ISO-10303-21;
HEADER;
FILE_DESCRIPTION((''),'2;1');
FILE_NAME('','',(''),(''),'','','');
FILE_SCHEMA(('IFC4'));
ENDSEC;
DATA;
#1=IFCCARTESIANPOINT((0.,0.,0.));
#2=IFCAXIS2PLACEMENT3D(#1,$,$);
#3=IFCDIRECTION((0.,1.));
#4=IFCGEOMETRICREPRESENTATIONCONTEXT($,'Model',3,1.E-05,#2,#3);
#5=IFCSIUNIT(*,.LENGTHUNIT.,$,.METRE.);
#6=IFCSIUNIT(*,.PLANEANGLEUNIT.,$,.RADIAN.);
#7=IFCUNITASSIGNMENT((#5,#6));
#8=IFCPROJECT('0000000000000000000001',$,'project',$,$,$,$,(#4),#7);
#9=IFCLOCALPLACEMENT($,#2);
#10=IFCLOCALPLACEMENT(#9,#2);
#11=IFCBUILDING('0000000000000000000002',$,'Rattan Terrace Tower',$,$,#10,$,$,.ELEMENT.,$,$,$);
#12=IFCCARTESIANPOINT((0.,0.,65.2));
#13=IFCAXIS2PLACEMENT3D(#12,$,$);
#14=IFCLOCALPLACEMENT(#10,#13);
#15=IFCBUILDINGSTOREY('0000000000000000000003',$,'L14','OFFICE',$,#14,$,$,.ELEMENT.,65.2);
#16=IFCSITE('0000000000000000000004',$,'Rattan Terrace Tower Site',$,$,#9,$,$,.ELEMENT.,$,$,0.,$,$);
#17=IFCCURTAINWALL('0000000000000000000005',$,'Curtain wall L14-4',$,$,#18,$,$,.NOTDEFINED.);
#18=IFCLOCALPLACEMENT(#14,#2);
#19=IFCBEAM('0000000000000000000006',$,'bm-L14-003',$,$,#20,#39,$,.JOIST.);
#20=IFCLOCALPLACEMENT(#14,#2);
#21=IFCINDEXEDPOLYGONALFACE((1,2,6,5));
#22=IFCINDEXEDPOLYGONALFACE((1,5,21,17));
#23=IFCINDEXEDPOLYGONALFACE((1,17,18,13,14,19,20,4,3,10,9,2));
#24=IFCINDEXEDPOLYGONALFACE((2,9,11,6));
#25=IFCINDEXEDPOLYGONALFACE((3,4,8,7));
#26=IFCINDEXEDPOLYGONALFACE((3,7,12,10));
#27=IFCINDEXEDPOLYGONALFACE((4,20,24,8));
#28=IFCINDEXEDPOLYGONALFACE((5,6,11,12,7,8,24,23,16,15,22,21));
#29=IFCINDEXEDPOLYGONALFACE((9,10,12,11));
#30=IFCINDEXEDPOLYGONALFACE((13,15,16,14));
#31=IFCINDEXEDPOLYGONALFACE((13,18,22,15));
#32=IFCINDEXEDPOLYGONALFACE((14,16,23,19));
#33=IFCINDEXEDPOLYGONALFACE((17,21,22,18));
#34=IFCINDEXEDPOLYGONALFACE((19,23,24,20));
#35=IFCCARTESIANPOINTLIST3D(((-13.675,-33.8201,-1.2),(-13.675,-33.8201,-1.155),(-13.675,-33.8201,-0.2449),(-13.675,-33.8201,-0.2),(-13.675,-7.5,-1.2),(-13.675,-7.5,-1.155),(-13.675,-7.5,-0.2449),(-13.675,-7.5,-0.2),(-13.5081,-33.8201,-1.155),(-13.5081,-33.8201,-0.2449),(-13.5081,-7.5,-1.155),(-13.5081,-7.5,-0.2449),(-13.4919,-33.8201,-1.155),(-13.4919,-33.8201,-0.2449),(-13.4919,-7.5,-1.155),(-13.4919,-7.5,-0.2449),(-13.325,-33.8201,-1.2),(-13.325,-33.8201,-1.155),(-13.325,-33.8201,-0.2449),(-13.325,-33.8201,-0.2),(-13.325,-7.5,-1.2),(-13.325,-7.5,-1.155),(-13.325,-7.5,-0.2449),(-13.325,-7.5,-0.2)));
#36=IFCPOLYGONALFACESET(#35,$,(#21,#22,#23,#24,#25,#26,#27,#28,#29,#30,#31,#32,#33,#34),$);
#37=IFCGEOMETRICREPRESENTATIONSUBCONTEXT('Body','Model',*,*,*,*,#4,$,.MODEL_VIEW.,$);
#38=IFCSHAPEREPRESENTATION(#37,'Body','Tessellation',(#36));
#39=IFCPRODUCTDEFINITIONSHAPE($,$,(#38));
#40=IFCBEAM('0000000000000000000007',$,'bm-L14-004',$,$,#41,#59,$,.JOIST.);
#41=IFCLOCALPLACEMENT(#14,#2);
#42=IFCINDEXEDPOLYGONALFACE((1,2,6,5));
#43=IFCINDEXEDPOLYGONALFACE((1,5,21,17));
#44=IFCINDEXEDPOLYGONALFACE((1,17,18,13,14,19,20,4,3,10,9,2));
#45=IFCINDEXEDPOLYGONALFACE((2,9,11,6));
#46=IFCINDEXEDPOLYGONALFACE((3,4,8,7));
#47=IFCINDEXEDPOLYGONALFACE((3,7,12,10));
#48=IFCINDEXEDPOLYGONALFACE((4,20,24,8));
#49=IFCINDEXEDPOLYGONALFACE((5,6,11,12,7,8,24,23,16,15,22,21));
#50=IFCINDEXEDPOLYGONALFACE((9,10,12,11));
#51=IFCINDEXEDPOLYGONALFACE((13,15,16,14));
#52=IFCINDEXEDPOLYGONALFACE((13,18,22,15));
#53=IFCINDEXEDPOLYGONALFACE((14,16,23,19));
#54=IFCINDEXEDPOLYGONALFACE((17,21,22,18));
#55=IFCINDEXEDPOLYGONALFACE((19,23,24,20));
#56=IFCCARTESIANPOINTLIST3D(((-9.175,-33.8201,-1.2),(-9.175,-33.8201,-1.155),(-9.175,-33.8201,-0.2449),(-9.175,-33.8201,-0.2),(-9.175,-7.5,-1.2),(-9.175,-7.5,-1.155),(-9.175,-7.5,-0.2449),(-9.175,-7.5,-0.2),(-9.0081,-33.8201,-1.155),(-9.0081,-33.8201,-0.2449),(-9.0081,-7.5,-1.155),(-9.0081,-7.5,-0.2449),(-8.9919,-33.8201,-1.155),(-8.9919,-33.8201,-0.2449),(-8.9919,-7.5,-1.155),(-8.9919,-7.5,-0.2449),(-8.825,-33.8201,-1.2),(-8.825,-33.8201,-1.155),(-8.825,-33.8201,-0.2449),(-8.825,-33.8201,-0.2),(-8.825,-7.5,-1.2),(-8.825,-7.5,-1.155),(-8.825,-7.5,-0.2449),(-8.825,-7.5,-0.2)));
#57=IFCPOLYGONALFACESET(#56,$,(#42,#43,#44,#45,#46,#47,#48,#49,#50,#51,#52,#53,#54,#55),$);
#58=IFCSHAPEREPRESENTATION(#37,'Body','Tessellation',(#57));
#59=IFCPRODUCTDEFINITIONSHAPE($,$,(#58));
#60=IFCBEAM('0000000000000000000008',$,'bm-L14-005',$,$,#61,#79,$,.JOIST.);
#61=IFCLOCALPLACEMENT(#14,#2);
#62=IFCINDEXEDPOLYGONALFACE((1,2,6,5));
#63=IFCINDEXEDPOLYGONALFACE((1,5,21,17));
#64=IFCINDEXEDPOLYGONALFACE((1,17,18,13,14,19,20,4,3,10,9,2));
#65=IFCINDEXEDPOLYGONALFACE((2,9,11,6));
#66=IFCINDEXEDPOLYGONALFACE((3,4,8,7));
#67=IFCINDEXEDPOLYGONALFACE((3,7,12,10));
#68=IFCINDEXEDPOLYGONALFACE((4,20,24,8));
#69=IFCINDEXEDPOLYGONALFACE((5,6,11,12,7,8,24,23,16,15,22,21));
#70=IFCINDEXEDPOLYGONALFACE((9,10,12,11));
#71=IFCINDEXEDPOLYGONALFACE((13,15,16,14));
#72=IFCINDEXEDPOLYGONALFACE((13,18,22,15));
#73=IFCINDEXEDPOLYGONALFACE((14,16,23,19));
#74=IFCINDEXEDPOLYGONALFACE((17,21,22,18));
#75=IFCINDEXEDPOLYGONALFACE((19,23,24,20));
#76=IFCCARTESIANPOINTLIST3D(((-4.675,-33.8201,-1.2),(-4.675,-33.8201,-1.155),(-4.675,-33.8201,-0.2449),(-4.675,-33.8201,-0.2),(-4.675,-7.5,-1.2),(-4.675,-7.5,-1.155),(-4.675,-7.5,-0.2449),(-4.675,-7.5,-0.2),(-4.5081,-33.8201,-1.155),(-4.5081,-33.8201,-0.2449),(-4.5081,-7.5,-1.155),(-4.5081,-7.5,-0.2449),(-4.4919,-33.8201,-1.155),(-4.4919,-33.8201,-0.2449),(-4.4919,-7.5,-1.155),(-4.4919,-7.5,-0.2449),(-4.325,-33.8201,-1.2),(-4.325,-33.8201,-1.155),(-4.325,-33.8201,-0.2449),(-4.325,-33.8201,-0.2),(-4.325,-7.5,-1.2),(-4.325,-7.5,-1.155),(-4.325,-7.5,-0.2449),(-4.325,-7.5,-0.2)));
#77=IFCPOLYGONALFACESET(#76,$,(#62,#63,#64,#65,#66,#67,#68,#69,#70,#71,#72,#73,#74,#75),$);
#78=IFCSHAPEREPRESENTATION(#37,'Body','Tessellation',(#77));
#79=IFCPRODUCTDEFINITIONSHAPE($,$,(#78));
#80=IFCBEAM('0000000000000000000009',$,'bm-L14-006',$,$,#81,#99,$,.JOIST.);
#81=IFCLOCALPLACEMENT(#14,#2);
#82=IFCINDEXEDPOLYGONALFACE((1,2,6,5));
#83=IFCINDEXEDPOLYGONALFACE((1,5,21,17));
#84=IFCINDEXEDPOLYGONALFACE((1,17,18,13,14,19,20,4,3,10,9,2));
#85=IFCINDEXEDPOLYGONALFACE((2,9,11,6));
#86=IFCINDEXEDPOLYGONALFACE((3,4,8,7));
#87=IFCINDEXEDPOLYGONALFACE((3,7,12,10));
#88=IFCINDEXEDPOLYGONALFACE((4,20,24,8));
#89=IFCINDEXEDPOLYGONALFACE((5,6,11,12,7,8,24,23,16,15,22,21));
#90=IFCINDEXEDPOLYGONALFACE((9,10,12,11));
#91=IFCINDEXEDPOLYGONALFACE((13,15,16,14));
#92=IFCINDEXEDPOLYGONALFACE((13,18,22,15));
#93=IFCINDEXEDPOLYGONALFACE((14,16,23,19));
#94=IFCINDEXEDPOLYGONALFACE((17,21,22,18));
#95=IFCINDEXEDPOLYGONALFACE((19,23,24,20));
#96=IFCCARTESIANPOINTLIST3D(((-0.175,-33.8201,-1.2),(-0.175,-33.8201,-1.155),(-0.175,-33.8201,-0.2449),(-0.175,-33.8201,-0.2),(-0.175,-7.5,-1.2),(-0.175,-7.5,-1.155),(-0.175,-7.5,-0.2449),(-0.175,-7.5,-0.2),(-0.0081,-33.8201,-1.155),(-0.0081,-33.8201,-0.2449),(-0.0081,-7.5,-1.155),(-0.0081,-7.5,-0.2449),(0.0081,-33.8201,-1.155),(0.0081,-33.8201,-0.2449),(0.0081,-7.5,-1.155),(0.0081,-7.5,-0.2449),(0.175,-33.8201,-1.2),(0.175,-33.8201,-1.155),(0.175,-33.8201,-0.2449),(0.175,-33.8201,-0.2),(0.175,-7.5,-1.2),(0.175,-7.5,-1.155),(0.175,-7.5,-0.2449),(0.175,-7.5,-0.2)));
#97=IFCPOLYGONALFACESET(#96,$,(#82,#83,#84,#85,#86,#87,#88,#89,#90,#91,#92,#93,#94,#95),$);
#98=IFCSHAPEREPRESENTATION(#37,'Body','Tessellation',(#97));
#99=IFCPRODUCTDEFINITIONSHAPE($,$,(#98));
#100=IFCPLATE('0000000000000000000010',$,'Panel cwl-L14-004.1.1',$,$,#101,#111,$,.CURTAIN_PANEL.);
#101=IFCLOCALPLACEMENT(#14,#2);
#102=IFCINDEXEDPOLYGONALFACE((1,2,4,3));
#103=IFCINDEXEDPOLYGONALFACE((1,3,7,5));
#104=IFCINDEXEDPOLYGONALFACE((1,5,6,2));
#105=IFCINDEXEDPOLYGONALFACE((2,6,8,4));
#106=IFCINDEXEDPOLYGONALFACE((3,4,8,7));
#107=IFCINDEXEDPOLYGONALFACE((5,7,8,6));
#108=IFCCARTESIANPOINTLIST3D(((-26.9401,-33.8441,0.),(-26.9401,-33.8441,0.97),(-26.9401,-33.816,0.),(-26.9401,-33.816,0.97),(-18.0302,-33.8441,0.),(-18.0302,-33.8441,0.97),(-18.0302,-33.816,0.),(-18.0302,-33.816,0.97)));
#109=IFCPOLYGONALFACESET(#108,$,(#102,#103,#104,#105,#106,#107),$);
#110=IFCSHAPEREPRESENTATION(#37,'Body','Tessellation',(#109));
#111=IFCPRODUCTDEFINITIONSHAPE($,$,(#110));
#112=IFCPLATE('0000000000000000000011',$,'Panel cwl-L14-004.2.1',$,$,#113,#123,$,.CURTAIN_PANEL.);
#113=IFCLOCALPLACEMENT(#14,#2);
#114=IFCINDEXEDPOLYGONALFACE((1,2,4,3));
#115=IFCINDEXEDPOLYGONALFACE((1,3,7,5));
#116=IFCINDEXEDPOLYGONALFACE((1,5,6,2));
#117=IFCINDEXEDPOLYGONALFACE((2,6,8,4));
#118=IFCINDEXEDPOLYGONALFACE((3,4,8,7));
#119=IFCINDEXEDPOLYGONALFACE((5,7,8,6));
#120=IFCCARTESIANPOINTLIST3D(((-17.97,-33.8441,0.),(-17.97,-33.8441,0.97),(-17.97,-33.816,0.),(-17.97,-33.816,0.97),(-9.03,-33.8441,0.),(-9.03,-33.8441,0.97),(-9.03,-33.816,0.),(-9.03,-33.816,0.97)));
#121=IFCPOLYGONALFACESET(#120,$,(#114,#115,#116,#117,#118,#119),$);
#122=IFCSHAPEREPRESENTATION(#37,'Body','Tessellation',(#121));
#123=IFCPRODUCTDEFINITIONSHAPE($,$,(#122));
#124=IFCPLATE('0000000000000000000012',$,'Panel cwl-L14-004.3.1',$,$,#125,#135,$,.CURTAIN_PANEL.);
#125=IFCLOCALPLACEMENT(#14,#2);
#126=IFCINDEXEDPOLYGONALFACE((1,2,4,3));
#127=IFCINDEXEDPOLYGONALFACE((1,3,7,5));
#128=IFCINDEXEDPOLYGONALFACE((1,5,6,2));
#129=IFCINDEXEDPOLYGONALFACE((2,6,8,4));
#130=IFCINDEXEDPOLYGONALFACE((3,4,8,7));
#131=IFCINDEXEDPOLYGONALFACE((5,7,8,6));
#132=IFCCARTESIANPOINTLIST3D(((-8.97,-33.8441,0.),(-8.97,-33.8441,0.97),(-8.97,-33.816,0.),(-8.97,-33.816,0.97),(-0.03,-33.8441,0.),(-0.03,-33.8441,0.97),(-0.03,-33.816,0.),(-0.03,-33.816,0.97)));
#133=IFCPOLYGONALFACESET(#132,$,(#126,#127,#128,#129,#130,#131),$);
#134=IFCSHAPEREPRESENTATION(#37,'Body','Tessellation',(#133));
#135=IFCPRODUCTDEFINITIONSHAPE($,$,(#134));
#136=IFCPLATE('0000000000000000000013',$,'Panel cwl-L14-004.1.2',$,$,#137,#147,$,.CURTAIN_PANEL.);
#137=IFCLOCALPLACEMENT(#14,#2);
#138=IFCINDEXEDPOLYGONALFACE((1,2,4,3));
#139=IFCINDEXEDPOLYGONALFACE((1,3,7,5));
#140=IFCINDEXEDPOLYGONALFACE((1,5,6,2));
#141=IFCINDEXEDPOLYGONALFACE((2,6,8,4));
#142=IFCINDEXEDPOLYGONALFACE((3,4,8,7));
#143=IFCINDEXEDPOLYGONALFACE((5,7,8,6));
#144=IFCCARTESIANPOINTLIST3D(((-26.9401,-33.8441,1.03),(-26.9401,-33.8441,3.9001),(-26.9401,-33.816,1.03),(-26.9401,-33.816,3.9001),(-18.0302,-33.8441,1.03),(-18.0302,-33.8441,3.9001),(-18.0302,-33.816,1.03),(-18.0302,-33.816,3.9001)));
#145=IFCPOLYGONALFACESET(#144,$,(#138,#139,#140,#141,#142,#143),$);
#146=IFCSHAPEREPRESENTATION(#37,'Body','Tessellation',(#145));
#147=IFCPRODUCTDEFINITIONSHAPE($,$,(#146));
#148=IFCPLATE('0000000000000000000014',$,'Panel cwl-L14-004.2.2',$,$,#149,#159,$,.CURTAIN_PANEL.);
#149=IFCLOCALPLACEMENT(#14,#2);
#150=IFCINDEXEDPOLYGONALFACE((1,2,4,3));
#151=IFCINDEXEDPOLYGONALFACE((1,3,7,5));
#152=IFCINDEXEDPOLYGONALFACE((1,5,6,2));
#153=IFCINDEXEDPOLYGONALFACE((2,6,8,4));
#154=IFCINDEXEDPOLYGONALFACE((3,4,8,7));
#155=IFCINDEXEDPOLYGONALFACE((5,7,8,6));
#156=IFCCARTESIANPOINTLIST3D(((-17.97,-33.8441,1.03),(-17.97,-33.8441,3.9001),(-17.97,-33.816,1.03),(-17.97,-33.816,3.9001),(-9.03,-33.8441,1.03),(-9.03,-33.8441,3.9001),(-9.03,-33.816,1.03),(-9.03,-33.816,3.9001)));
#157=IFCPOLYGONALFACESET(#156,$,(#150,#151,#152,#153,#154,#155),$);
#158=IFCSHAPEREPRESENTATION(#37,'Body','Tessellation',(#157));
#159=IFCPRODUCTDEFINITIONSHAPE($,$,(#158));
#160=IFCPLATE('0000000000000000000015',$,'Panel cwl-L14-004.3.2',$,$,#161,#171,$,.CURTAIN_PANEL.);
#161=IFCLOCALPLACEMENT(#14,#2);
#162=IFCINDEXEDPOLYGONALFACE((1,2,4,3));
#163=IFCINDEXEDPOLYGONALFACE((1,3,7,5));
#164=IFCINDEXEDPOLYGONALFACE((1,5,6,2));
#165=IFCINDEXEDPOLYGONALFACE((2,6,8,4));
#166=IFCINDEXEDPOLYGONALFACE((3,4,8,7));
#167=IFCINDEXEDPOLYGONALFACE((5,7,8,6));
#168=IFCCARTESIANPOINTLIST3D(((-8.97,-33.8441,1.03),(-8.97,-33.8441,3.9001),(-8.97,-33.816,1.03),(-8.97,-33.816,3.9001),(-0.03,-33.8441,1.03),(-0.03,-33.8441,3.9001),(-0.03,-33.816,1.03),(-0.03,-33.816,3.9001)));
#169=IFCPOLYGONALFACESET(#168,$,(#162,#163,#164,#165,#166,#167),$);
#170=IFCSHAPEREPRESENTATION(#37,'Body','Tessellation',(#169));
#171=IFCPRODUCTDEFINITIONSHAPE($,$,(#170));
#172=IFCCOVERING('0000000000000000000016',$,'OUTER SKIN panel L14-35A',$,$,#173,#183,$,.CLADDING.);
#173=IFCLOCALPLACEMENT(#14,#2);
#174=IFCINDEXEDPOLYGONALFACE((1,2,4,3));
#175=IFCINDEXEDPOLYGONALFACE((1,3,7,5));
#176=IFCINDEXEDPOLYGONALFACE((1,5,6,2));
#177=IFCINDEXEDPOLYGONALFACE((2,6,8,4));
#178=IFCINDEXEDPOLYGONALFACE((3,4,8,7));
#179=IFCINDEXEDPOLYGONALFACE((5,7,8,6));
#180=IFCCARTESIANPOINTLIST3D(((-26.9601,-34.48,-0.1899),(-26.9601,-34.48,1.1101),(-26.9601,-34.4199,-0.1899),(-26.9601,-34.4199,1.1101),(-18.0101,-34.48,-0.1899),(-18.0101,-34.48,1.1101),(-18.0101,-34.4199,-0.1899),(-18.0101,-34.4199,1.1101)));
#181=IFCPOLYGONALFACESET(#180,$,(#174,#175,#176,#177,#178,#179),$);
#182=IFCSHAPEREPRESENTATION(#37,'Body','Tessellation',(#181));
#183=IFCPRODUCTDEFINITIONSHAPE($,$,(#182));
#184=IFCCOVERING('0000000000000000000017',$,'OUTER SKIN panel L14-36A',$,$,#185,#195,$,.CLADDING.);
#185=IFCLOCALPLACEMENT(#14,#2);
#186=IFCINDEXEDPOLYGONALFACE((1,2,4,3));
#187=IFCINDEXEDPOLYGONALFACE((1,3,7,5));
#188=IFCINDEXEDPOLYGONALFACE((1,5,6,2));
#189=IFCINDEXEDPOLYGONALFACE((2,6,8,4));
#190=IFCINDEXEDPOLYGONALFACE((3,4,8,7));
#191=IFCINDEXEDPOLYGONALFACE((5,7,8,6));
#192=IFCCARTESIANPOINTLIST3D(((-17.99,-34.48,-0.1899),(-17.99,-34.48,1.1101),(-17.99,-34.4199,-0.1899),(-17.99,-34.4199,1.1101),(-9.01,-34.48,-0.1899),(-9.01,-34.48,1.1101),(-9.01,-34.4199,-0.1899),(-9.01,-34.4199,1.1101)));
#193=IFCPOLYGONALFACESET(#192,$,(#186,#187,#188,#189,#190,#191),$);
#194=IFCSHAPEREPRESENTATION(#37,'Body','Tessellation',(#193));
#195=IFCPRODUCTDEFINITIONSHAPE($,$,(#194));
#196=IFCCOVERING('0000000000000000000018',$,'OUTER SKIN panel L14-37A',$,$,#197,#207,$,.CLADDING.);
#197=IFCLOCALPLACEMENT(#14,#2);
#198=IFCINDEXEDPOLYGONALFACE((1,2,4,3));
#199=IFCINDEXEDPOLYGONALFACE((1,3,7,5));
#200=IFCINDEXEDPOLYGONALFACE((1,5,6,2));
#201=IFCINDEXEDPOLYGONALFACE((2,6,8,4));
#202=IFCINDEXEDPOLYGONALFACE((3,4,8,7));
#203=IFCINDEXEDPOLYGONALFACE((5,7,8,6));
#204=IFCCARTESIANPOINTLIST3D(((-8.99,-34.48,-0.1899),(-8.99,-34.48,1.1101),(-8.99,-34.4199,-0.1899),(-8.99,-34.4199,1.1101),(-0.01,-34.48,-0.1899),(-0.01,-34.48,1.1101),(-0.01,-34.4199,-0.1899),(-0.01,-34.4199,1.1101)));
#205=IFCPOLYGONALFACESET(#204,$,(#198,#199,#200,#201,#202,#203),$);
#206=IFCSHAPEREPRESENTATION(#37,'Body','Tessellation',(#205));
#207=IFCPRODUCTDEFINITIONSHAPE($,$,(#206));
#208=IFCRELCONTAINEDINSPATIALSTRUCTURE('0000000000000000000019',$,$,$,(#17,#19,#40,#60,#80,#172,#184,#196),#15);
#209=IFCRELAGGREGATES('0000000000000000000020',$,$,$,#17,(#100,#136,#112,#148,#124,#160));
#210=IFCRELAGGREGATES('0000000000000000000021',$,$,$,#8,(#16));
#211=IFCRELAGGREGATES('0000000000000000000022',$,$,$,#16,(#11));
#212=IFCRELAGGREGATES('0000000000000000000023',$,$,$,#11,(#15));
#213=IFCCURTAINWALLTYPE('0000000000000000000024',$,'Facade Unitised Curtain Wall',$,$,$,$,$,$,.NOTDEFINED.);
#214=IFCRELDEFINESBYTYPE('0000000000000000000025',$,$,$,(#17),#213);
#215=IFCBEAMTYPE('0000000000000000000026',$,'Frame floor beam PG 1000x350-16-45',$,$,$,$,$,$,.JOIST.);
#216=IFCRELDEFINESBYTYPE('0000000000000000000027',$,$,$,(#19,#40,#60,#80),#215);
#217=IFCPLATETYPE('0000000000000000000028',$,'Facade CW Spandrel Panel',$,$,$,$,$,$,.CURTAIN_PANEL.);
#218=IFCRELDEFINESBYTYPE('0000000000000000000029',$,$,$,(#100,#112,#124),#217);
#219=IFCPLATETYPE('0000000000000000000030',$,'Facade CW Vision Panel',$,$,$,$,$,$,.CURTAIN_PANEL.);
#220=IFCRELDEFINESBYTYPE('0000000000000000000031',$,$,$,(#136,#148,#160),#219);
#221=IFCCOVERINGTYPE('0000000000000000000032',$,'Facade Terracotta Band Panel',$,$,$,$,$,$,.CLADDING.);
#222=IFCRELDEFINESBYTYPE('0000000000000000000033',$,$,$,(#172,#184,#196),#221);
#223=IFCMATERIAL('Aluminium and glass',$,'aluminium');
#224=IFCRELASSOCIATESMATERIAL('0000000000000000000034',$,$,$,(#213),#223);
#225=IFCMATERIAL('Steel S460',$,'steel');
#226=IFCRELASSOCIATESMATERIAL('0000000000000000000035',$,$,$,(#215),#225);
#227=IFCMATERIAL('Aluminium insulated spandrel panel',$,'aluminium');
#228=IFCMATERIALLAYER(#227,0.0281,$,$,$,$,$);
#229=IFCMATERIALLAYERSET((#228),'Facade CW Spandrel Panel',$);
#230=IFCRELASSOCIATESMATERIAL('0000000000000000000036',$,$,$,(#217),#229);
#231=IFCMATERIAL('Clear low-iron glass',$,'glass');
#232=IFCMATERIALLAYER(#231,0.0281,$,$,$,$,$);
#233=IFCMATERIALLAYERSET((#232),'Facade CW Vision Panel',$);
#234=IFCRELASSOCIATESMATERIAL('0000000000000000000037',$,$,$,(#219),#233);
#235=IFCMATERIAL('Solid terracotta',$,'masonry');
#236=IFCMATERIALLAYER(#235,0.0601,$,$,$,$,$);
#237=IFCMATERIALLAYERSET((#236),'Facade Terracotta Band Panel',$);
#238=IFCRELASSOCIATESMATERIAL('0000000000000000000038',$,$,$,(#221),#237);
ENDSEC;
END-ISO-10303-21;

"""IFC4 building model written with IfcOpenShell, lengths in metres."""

from ifc_helpers import new_model, si_unit, direction, frame, origin, origin_2d, place, context, subcontext, project, spatial, rectangle, i_section, extrude, material, layer, layer_set, material_profile, profile_set, type_object, element, aggregate, save


model = new_model("IFC4")

# Units and contexts
model_context = context("Model", 3, precision=1e-05, world=origin(), true_north=direction((0.0, 1.0)))
body_context = subcontext(model_context, "Body", "Model", "MODEL_VIEW")
ifc_project = project(units=[si_unit("LENGTHUNIT", "METRE"), si_unit("PLANEANGLEUNIT", "RADIAN")], contexts=[model_context])

# Site, building, storey
site_placement = place(None, origin())
site = spatial("IfcSite", under=ifc_project, at=site_placement, Name="Rattan Terrace Tower Site", CompositionType="ELEMENT", RefElevation=0.0)
building_placement = place(site_placement, origin())
building = spatial("IfcBuilding", under=site, at=building_placement, Name="Rattan Terrace Tower", CompositionType="ELEMENT")
storey_placement = place(building_placement, frame((0.0, 0.0, 65.2)))
storey = spatial("IfcBuildingStorey", under=building, at=storey_placement, Name="L14", Description="OFFICE", CompositionType="ELEMENT", Elevation=65.2)

# Curtain wall
ifc_material_1 = material(Name="Aluminium and glass", Category="aluminium")
curtain_wall_type = type_object("IfcCurtainWallType", Name="Facade Unitised Curtain Wall", PredefinedType="NOTDEFINED", material=ifc_material_1)
curtain_wall_placement = place(storey_placement, origin())
curtain_wall = element("IfcCurtainWall", 1, at=curtain_wall_placement, inside=storey, type_object=curtain_wall_type, Name="Curtain wall L14-4", PredefinedType="NOTDEFINED")

# Beams
ifc_material_2 = material(Name="Steel S460", Category="steel")
ifc_material_profile_1 = material_profile(ifc_material_2, i_section(OverallWidth=0.3501, OverallDepth=1.0, WebThickness=0.0161, FlangeThickness=0.0449, at=origin_2d()), Name="PG 1000x350-16-45")
ifc_profile_set_1 = profile_set([ifc_material_profile_1], Name="Steel S460")
beam_type_1 = type_object("IfcBeamType", Name="Frame floor beam PG 1000x350-16-45", PredefinedType="JOIST", material=ifc_profile_set_1)
for number, where, z_axis, x_axis, name in (
    (2, (-13.5, -33.8201, -0.7), (0.0, 1.0, 0.0), (-1.0, 0.0, 0.0), "bm-L14-003"),
    (3, (-9.0, -33.8201, -0.7), (0.0, 1.0, 0.0), (-1.0, 0.0, 0.0), "bm-L14-004"),
    (4, (-4.5, -33.8201, -0.7), (0.0, 1.0, 0.0), (-1.0, 0.0, 0.0), "bm-L14-005"),
    (5, (0.0, -33.8201, -0.7), (0.0, 1.0, 0.0), (-1.0, 0.0, 0.0), "bm-L14-006"),
):
    element("IfcBeam", number, at=place(storey_placement, frame(where, z_axis=z_axis, x_axis=x_axis)), inside=storey, type_object=beam_type_1, Name=name, PredefinedType="JOIST", context=body_context, shape_type="SweptSolid", body=[
        extrude(i_section(OverallWidth=0.3501, OverallDepth=1.0, WebThickness=0.0161, FlangeThickness=0.0449, at=origin_2d()), origin(), (0.0, 0.0, 1.0), 26.3201),
    ])

# Plates
ifc_material_3 = material(Name="Aluminium insulated spandrel panel", Category="aluminium")
ifc_layer_1 = layer(ifc_material_3, 0.0281)
ifc_layer_set_1 = layer_set([ifc_layer_1], Name="Facade CW Spandrel Panel")
plate_type_1 = type_object("IfcPlateType", Name="Facade CW Spandrel Panel", PredefinedType="CURTAIN_PANEL", material=ifc_layer_set_1)
plate_1_placement = place(storey_placement, frame((-22.4851, -33.8301, 0.0), z_axis=(0.0, 0.0, 1.0), x_axis=(1.0, 0.0, 0.0)))
plate_1 = element("IfcPlate", 6, at=plate_1_placement, type_object=plate_type_1, Name="Panel cwl-L14-004.1.1", PredefinedType="CURTAIN_PANEL", context=body_context, shape_type="SweptSolid", body=[
    extrude(rectangle(XDim=8.9099, YDim=0.0281, at=origin_2d()), origin(), (0.0, 0.0, 1.0), 0.97),
])
plate_2_placement = place(storey_placement, frame((-13.5, -33.8301, 0.0), z_axis=(0.0, 0.0, 1.0), x_axis=(1.0, 0.0, 0.0)))
plate_2 = element("IfcPlate", 7, at=plate_2_placement, type_object=plate_type_1, Name="Panel cwl-L14-004.2.1", PredefinedType="CURTAIN_PANEL", context=body_context, shape_type="SweptSolid", body=[
    extrude(rectangle(XDim=8.9399, YDim=0.0281, at=origin_2d()), origin(), (0.0, 0.0, 1.0), 0.97),
])
plate_3_placement = place(storey_placement, frame((-4.5, -33.8301, 0.0), z_axis=(0.0, 0.0, 1.0), x_axis=(1.0, 0.0, 0.0)))
plate_3 = element("IfcPlate", 8, at=plate_3_placement, type_object=plate_type_1, Name="Panel cwl-L14-004.3.1", PredefinedType="CURTAIN_PANEL", context=body_context, shape_type="SweptSolid", body=[
    extrude(rectangle(XDim=8.9399, YDim=0.0281, at=origin_2d()), origin(), (0.0, 0.0, 1.0), 0.97),
])
ifc_material_4 = material(Name="Clear low-iron glass", Category="glass")
ifc_layer_2 = layer(ifc_material_4, 0.0281)
ifc_layer_set_2 = layer_set([ifc_layer_2], Name="Facade CW Vision Panel")
plate_type_2 = type_object("IfcPlateType", Name="Facade CW Vision Panel", PredefinedType="CURTAIN_PANEL", material=ifc_layer_set_2)
plate_4_placement = place(storey_placement, frame((-22.4851, -33.8301, 1.03), z_axis=(0.0, 0.0, 1.0), x_axis=(1.0, 0.0, 0.0)))
plate_4 = element("IfcPlate", 9, at=plate_4_placement, type_object=plate_type_2, Name="Panel cwl-L14-004.1.2", PredefinedType="CURTAIN_PANEL", context=body_context, shape_type="SweptSolid", body=[
    extrude(rectangle(XDim=8.9099, YDim=0.0281, at=origin_2d()), origin(), (0.0, 0.0, 1.0), 2.8701),
])
plate_5_placement = place(storey_placement, frame((-13.5, -33.8301, 1.03), z_axis=(0.0, 0.0, 1.0), x_axis=(1.0, 0.0, 0.0)))
plate_5 = element("IfcPlate", 10, at=plate_5_placement, type_object=plate_type_2, Name="Panel cwl-L14-004.2.2", PredefinedType="CURTAIN_PANEL", context=body_context, shape_type="SweptSolid", body=[
    extrude(rectangle(XDim=8.9399, YDim=0.0281, at=origin_2d()), origin(), (0.0, 0.0, 1.0), 2.8701),
])
plate_6_placement = place(storey_placement, frame((-4.5, -33.8301, 1.03), z_axis=(0.0, 0.0, 1.0), x_axis=(1.0, 0.0, 0.0)))
plate_6 = element("IfcPlate", 11, at=plate_6_placement, type_object=plate_type_2, Name="Panel cwl-L14-004.3.2", PredefinedType="CURTAIN_PANEL", context=body_context, shape_type="SweptSolid", body=[
    extrude(rectangle(XDim=8.9399, YDim=0.0281, at=origin_2d()), origin(), (0.0, 0.0, 1.0), 2.8701),
])
aggregate(curtain_wall, [plate_1, plate_4, plate_2, plate_5, plate_3, plate_6])

# Coverings
ifc_material_5 = material(Name="Solid terracotta", Category="masonry")
ifc_layer_3 = layer(ifc_material_5, 0.0601)
ifc_layer_set_3 = layer_set([ifc_layer_3], Name="Facade Terracotta Band Panel")
covering_type_1 = type_object("IfcCoveringType", Name="Facade Terracotta Band Panel", PredefinedType="CLADDING", material=ifc_layer_set_3)
covering_1_placement = place(storey_placement, frame((-22.4851, -34.45, -0.1899), z_axis=(0.0, 0.0, 1.0), x_axis=(1.0, 0.0, 0.0)))
element("IfcCovering", 12, at=covering_1_placement, inside=storey, type_object=covering_type_1, Name="OUTER SKIN panel L14-35A", PredefinedType="CLADDING", context=body_context, shape_type="SweptSolid", body=[
    extrude(rectangle(XDim=8.95, YDim=0.0601, at=origin_2d()), origin(), (0.0, 0.0, 1.0), 1.3),
])
for number, where, z_axis, x_axis, name in (
    (13, (-13.5, -34.45, -0.1899), (0.0, 0.0, 1.0), (1.0, 0.0, 0.0), "OUTER SKIN panel L14-36A"),
    (14, (-4.5, -34.45, -0.1899), (0.0, 0.0, 1.0), (1.0, 0.0, 0.0), "OUTER SKIN panel L14-37A"),
):
    element("IfcCovering", number, at=place(storey_placement, frame(where, z_axis=z_axis, x_axis=x_axis)), inside=storey, type_object=covering_type_1, Name=name, PredefinedType="CLADDING", context=body_context, shape_type="SweptSolid", body=[
        extrude(rectangle(XDim=8.98, YDim=0.0601, at=origin_2d()), origin(), (0.0, 0.0, 1.0), 1.3),
    ])

save(model, "model.ifc")
